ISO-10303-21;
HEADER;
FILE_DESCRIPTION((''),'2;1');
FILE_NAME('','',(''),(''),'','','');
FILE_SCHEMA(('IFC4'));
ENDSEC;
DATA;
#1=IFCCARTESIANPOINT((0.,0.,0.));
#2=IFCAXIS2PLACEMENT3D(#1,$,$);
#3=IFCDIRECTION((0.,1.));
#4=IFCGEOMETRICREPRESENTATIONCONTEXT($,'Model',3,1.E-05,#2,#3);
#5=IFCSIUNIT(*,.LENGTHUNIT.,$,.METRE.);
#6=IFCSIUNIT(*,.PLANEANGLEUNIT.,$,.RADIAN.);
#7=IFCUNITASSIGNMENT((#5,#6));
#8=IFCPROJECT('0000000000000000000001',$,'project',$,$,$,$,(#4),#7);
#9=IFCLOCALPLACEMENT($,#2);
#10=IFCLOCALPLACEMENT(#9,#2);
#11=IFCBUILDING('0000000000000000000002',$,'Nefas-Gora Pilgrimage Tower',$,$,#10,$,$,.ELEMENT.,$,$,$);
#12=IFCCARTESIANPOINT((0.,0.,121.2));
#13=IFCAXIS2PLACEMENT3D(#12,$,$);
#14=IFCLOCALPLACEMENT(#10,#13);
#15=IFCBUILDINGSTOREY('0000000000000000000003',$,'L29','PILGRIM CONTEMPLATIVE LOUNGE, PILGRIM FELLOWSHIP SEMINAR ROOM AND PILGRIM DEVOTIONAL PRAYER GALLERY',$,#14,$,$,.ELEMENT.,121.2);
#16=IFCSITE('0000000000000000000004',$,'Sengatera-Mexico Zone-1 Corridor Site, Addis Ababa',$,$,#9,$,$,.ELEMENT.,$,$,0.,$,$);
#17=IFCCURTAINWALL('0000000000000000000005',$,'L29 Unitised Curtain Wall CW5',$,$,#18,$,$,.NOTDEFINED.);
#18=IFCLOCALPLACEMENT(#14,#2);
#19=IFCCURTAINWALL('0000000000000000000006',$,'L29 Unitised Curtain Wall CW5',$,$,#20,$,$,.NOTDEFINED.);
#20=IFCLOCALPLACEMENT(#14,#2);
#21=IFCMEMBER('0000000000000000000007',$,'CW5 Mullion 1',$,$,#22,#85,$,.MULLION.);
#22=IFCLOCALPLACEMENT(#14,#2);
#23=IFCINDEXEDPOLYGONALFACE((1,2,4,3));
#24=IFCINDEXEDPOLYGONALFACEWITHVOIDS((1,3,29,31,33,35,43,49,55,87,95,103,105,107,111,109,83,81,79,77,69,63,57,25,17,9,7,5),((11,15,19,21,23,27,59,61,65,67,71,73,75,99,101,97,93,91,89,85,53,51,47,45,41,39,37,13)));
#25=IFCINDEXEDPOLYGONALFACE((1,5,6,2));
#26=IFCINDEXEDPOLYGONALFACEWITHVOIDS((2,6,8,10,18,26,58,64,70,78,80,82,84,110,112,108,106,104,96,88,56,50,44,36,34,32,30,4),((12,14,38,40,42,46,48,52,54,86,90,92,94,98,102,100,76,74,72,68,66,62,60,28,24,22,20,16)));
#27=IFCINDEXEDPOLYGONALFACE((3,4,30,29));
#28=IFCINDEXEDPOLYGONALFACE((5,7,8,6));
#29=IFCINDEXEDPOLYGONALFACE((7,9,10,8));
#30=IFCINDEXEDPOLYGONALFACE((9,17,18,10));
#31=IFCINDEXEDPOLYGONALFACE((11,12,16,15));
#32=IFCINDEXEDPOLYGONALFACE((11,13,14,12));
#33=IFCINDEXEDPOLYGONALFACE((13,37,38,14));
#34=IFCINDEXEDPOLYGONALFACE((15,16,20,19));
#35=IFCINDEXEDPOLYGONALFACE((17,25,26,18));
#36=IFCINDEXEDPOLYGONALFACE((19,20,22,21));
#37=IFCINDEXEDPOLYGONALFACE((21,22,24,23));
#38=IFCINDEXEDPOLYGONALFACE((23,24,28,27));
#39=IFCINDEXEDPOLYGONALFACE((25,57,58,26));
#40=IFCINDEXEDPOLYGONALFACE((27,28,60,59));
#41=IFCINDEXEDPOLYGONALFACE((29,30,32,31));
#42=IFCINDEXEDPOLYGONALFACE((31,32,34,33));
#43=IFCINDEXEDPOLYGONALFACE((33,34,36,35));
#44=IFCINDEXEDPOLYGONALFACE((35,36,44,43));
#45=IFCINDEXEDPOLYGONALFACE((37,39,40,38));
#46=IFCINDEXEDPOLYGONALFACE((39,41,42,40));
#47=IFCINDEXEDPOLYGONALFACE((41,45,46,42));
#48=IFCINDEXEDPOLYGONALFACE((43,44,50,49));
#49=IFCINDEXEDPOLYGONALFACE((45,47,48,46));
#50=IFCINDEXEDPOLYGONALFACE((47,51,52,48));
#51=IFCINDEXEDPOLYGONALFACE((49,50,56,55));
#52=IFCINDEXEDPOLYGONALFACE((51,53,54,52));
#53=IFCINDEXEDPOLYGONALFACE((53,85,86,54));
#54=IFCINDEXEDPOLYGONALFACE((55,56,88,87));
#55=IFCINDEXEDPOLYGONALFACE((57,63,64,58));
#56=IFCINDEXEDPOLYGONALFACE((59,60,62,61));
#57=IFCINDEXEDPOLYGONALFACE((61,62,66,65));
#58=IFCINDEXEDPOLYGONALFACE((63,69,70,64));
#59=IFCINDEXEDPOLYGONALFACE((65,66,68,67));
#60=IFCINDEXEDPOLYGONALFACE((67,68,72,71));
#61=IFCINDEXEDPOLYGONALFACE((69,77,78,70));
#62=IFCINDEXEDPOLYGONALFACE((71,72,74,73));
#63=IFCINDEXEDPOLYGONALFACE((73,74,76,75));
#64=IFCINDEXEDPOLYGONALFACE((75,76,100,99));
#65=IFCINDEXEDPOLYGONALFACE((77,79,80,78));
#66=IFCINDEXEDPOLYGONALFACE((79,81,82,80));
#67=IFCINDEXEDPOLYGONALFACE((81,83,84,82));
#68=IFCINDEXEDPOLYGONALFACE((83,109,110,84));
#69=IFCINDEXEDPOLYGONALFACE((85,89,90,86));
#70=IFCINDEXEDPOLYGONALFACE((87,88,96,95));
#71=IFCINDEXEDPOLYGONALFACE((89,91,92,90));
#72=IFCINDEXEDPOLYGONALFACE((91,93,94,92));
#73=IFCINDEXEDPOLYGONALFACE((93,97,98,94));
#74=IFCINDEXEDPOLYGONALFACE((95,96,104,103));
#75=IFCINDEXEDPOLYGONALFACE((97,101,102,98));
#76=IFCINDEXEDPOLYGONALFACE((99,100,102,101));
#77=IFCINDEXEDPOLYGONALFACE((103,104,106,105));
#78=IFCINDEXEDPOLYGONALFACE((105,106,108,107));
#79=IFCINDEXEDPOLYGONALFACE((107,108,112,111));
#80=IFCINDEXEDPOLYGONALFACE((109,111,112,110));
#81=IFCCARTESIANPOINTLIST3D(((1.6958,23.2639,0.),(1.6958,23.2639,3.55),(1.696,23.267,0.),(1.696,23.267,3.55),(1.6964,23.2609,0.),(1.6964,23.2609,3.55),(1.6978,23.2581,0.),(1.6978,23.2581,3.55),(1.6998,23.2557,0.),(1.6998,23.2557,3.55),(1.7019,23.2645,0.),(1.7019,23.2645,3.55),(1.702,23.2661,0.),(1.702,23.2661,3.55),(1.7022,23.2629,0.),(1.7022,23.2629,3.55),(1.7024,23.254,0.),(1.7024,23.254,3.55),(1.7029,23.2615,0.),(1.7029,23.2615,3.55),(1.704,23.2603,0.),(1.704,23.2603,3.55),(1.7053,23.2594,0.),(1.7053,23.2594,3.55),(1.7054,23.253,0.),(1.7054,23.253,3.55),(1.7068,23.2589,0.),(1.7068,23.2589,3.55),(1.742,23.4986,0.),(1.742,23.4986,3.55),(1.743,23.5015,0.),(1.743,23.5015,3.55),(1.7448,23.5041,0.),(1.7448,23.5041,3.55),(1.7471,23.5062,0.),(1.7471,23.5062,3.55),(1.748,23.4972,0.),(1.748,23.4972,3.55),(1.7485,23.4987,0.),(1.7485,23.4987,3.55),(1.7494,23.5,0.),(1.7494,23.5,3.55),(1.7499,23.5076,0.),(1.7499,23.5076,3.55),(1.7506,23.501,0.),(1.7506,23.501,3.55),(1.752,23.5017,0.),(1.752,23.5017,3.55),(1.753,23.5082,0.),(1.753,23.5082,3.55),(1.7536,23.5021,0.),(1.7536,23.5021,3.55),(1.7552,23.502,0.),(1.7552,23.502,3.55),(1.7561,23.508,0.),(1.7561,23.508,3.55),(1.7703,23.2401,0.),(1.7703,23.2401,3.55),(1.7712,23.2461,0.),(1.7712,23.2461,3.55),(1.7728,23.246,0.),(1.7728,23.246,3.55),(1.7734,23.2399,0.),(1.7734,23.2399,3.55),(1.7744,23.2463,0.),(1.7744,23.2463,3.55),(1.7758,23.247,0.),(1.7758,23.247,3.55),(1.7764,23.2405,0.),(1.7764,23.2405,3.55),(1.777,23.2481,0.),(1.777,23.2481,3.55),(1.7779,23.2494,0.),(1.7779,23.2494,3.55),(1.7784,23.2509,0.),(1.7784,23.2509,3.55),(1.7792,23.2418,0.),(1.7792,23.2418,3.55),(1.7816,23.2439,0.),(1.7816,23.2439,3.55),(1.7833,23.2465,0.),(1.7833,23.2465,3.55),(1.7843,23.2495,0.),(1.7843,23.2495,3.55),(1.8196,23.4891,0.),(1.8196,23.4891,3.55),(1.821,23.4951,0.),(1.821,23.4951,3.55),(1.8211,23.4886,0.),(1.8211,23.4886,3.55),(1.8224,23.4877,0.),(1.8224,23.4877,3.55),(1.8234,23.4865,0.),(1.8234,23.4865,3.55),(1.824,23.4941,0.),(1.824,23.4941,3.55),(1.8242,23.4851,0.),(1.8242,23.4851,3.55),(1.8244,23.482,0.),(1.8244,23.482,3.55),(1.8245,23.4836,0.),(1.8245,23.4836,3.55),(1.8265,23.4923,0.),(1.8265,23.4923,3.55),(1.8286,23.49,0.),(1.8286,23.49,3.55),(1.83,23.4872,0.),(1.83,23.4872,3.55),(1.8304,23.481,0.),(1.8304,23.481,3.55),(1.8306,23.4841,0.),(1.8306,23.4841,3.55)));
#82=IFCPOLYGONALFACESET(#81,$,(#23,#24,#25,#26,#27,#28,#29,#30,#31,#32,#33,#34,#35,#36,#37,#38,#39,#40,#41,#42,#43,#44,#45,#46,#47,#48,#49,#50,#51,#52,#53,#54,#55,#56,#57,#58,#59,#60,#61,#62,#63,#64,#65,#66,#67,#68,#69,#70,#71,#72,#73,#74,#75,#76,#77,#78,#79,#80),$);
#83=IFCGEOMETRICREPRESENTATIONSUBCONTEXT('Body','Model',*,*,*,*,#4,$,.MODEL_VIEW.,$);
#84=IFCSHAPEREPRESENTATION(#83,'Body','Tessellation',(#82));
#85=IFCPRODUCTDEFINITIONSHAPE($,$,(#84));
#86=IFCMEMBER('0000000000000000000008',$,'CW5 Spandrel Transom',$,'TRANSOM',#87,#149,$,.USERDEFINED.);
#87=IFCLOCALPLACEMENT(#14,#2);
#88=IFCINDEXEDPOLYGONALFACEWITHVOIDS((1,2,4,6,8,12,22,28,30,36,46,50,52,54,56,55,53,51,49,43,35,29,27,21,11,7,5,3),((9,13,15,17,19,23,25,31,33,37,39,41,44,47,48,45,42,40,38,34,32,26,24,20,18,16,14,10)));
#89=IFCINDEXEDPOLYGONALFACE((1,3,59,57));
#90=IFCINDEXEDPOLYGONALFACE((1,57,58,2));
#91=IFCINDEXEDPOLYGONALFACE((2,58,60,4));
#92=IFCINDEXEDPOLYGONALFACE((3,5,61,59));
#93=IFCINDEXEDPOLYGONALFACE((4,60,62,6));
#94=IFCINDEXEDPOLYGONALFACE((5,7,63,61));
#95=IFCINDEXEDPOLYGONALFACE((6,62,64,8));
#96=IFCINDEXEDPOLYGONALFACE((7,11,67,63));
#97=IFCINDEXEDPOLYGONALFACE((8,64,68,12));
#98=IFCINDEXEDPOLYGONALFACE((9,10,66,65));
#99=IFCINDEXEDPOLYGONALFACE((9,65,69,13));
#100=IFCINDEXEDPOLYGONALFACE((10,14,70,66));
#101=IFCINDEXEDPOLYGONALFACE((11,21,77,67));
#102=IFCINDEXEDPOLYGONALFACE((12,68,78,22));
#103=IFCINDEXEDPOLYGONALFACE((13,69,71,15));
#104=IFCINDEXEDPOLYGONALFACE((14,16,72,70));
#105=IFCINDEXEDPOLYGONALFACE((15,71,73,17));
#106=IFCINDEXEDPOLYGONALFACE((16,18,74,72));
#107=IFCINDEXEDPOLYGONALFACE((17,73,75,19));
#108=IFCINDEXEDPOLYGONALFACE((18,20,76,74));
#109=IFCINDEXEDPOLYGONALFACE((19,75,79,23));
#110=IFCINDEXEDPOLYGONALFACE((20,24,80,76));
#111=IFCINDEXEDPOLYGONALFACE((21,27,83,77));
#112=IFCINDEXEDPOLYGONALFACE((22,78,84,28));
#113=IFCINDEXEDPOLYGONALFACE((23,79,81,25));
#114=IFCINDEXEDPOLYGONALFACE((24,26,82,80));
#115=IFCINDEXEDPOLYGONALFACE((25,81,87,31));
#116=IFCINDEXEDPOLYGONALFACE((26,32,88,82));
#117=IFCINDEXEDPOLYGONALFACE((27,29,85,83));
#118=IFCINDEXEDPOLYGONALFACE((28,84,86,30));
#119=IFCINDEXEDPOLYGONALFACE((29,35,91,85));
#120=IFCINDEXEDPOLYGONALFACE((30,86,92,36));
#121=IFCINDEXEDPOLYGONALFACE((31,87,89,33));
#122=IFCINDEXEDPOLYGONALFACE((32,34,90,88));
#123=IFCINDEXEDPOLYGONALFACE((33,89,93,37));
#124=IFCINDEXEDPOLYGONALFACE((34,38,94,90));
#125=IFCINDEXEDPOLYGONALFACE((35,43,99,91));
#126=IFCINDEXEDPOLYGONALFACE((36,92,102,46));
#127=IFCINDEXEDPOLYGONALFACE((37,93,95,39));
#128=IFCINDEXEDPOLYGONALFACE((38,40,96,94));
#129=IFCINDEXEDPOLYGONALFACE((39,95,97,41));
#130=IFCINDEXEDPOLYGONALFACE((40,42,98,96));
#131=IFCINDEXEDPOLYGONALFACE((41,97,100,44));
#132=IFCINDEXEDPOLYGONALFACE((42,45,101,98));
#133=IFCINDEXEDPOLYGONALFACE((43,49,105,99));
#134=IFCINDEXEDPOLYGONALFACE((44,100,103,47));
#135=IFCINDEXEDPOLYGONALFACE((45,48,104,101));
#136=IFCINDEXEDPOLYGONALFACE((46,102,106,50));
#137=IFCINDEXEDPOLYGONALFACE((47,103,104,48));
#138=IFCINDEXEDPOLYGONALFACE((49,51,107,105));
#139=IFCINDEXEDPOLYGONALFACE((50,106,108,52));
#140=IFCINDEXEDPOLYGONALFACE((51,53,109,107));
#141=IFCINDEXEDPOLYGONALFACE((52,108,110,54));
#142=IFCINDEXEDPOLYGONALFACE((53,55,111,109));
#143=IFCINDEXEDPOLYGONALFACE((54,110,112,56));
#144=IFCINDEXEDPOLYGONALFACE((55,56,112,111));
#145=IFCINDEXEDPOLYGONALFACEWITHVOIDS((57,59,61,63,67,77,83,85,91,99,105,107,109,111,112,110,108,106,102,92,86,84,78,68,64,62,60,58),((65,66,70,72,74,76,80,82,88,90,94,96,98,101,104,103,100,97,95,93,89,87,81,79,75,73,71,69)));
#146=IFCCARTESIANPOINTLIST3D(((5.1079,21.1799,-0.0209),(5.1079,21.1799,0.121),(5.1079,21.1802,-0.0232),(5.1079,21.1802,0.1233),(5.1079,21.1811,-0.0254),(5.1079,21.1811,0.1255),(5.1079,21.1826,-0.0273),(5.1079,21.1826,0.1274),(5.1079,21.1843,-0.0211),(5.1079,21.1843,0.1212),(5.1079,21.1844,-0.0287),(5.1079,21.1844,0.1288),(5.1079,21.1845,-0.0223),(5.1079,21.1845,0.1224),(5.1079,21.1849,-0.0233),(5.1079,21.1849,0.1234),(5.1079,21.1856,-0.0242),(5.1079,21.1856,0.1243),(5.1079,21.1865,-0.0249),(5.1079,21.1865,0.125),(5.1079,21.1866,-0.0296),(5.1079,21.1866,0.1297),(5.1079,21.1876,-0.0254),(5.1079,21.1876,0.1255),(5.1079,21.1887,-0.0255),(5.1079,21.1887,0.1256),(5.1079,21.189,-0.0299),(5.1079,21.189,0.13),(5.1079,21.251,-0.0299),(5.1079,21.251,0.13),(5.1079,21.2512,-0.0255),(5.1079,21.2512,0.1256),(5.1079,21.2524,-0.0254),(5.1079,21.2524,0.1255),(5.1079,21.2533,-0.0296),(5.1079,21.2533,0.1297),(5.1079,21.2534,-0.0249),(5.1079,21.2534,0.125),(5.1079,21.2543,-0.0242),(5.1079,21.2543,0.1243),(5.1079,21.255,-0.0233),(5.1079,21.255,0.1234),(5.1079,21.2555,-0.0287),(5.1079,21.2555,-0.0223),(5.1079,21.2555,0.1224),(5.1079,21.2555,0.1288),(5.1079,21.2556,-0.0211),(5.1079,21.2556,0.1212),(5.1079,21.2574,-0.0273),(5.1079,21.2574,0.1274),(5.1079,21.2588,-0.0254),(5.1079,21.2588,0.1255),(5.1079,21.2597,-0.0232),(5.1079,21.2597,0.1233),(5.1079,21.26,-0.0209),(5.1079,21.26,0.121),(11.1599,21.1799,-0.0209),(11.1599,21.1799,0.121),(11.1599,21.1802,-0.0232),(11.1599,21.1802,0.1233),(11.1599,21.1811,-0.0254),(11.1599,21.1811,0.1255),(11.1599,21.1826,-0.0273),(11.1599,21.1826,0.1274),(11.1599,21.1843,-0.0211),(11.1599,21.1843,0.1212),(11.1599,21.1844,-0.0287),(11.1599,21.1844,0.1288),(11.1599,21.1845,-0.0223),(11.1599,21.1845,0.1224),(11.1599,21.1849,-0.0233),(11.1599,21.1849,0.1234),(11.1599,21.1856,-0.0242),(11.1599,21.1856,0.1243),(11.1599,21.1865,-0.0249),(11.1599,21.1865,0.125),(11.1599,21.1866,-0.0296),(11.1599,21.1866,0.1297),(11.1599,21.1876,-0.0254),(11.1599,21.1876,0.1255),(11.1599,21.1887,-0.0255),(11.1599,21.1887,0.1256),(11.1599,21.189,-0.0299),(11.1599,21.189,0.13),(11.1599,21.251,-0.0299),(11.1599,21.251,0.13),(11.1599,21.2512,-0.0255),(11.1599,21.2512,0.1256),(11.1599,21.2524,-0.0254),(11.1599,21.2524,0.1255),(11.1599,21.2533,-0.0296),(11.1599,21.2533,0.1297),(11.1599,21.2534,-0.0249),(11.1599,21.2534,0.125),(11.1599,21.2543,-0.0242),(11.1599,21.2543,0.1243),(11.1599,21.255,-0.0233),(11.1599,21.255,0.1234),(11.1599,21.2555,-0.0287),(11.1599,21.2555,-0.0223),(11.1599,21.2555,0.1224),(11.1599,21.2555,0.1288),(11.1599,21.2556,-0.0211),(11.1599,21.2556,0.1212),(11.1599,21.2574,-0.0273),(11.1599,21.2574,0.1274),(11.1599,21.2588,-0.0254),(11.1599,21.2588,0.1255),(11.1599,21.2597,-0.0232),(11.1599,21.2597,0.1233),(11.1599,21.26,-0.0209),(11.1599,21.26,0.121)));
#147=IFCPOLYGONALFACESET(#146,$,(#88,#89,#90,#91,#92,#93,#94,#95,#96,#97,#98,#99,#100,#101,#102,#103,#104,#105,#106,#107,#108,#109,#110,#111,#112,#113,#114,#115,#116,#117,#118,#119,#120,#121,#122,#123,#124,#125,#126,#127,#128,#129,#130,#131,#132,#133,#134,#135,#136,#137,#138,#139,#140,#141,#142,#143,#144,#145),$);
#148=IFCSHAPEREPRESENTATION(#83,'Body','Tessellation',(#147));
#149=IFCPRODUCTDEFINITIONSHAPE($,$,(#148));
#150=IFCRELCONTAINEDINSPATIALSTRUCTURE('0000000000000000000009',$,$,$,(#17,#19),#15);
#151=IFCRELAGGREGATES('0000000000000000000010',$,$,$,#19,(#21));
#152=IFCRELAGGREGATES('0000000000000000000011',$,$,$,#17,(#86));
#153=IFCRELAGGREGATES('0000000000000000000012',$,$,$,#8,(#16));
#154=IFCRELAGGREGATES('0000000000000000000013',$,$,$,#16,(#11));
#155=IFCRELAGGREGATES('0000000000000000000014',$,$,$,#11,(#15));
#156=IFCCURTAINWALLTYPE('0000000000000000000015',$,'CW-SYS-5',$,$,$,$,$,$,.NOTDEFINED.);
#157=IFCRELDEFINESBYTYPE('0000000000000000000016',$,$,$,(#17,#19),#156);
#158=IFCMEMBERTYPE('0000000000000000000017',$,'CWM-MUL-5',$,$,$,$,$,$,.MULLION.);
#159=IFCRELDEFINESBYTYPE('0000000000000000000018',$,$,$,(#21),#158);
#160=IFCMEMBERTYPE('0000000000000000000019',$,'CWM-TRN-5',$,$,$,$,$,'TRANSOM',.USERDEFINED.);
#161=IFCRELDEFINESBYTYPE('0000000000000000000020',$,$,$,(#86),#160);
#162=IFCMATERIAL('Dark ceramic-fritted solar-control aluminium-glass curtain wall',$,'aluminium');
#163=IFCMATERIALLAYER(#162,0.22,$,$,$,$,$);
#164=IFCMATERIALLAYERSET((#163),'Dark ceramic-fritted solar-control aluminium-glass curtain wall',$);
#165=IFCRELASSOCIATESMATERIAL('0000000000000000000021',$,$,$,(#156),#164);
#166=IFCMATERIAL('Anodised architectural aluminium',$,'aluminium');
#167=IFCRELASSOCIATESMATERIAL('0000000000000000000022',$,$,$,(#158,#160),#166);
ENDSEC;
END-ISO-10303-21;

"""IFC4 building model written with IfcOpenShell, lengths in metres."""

from ifc_helpers import new_model, si_unit, direction, frame, origin, origin_2d, place, context, subcontext, project, spatial, hollow_rectangle, extrude, source, transform, mapped, material, layer, layer_set, material_profile, profile_set, type_object, element, aggregate, save


model = new_model("IFC4")

# Units and contexts
model_context = context("Model", 3, precision=1e-05, world=origin(), true_north=direction((0.0, 1.0)))
body_context = subcontext(model_context, "Body", "Model", "MODEL_VIEW")
ifc_project = project(units=[si_unit("LENGTHUNIT", "METRE"), si_unit("PLANEANGLEUNIT", "RADIAN")], contexts=[model_context])

# Site, building, storey
site_placement = place(None, origin())
site = spatial("IfcSite", under=ifc_project, at=site_placement, Name="Sengatera-Mexico Zone-1 Corridor Site, Addis Ababa", CompositionType="ELEMENT", RefElevation=0.0)
building_placement = place(site_placement, origin())
building = spatial("IfcBuilding", under=site, at=building_placement, Name="Nefas-Gora Pilgrimage Tower", CompositionType="ELEMENT")
storey_placement = place(building_placement, frame((0.0, 0.0, 121.2)))
storey = spatial("IfcBuildingStorey", under=building, at=storey_placement, Name="L29", Description="PILGRIM CONTEMPLATIVE LOUNGE, PILGRIM FELLOWSHIP SEMINAR ROOM AND PILGRIM DEVOTIONAL PRAYER GALLERY", CompositionType="ELEMENT", Elevation=121.2)

# Curtain wall
ifc_material_1 = material(Name="Dark ceramic-fritted solar-control aluminium-glass curtain wall", Category="aluminium")
ifc_layer_1 = layer(ifc_material_1, 0.22)
ifc_layer_set_1 = layer_set([ifc_layer_1], Name="Dark ceramic-fritted solar-control aluminium-glass curtain wall")
curtain_wall_type_1 = type_object("IfcCurtainWallType", Name="CW-SYS-5", PredefinedType="NOTDEFINED", material=ifc_layer_set_1)
curtain_wall_1_placement = place(storey_placement, origin())
curtain_wall_1 = element("IfcCurtainWall", 1, at=curtain_wall_1_placement, inside=storey, type_object=curtain_wall_type_1, Name="L29 Unitised Curtain Wall CW5", PredefinedType="NOTDEFINED")
ifc_material_2 = material(Name="Anodised architectural aluminium", Category="aluminium")
ifc_material_profile_1 = material_profile(ifc_material_2, hollow_rectangle(XDim=0.0901, YDim=0.26, WallThickness=0.0061, InnerFilletRadius=0.0061, OuterFilletRadius=0.012, at=origin_2d()), Name="ALU MULLION 90x260")
ifc_profile_set_1 = profile_set([ifc_material_profile_1], Name="Anodised architectural aluminium")
member_type_1 = type_object("IfcMemberType", Name="CWM-MUL-5", PredefinedType="MULLION", material=ifc_profile_set_1)
shared_shape_1 = source(origin(), body_context, "Body", "SweptSolid", [
    extrude(hollow_rectangle(XDim=0.0901, YDim=0.26, WallThickness=0.0061, InnerFilletRadius=0.0061, OuterFilletRadius=0.012, at=origin_2d()), origin(), (0.0, 0.0, 1.0), 3.55),
])

# Curtain wall, member
curtain_wall_2_placement = place(storey_placement, origin())
curtain_wall_2 = element("IfcCurtainWall", 2, at=curtain_wall_2_placement, inside=storey, type_object=curtain_wall_type_1, Name="L29 Unitised Curtain Wall CW5", PredefinedType="NOTDEFINED")
member_1_placement = place(storey_placement, frame((1.7632, 23.374, 0.0), z_axis=(0.0, 0.0, 1.0), x_axis=(-0.980783, 0.195102, 0.0)))
member_1 = element("IfcMember", 3, at=member_1_placement, type_object=member_type_1, Name="CW5 Mullion 1", PredefinedType="MULLION", context=body_context, shape_type="MappedRepresentation", body=[
    mapped(shared_shape_1, transform((0.0, 0.0, 0.0), x_axis=(1.0, 0.0, 0.0), y_axis=(0.0, 1.0, 0.0), z_axis=(0.0, 0.0, 1.0), scale=1.0)),
])

# Member
ifc_material_profile_2 = material_profile(ifc_material_2, hollow_rectangle(XDim=0.0801, YDim=0.1599, WallThickness=0.0044, InnerFilletRadius=0.0044, OuterFilletRadius=0.009, at=origin_2d()), Name="ALU TRANSOM 80x160")
ifc_profile_set_2 = profile_set([ifc_material_profile_2], Name="Anodised architectural aluminium")
member_type_2 = type_object("IfcMemberType", Name="CWM-TRN-5", ElementType="TRANSOM", PredefinedType="USERDEFINED", material=ifc_profile_set_2)
shared_shape_2 = source(origin(), body_context, "Body", "SweptSolid", [
    extrude(hollow_rectangle(XDim=0.0801, YDim=0.1599, WallThickness=0.0044, InnerFilletRadius=0.0044, OuterFilletRadius=0.009, at=origin_2d()), origin(), (0.0, 0.0, 1.0), 6.052),
])
member_2_placement = place(storey_placement, frame((11.1599, 21.22, 0.05), z_axis=(-1.0, 0.0, 0.0), x_axis=(0.0, -1.0, 0.0)))
member_2 = element("IfcMember", 4, at=member_2_placement, type_object=member_type_2, Name="CW5 Spandrel Transom", ObjectType="TRANSOM", PredefinedType="USERDEFINED", context=body_context, shape_type="MappedRepresentation", body=[
    mapped(shared_shape_2, transform((0.0, 0.0, 0.0), x_axis=(1.0, 0.0, 0.0), y_axis=(0.0, 1.0, 0.0), z_axis=(0.0, 0.0, 1.0), scale=1.0)),
])

aggregate(curtain_wall_2, [member_1])

aggregate(curtain_wall_1, [member_2])

save(model, "model.ifc")
